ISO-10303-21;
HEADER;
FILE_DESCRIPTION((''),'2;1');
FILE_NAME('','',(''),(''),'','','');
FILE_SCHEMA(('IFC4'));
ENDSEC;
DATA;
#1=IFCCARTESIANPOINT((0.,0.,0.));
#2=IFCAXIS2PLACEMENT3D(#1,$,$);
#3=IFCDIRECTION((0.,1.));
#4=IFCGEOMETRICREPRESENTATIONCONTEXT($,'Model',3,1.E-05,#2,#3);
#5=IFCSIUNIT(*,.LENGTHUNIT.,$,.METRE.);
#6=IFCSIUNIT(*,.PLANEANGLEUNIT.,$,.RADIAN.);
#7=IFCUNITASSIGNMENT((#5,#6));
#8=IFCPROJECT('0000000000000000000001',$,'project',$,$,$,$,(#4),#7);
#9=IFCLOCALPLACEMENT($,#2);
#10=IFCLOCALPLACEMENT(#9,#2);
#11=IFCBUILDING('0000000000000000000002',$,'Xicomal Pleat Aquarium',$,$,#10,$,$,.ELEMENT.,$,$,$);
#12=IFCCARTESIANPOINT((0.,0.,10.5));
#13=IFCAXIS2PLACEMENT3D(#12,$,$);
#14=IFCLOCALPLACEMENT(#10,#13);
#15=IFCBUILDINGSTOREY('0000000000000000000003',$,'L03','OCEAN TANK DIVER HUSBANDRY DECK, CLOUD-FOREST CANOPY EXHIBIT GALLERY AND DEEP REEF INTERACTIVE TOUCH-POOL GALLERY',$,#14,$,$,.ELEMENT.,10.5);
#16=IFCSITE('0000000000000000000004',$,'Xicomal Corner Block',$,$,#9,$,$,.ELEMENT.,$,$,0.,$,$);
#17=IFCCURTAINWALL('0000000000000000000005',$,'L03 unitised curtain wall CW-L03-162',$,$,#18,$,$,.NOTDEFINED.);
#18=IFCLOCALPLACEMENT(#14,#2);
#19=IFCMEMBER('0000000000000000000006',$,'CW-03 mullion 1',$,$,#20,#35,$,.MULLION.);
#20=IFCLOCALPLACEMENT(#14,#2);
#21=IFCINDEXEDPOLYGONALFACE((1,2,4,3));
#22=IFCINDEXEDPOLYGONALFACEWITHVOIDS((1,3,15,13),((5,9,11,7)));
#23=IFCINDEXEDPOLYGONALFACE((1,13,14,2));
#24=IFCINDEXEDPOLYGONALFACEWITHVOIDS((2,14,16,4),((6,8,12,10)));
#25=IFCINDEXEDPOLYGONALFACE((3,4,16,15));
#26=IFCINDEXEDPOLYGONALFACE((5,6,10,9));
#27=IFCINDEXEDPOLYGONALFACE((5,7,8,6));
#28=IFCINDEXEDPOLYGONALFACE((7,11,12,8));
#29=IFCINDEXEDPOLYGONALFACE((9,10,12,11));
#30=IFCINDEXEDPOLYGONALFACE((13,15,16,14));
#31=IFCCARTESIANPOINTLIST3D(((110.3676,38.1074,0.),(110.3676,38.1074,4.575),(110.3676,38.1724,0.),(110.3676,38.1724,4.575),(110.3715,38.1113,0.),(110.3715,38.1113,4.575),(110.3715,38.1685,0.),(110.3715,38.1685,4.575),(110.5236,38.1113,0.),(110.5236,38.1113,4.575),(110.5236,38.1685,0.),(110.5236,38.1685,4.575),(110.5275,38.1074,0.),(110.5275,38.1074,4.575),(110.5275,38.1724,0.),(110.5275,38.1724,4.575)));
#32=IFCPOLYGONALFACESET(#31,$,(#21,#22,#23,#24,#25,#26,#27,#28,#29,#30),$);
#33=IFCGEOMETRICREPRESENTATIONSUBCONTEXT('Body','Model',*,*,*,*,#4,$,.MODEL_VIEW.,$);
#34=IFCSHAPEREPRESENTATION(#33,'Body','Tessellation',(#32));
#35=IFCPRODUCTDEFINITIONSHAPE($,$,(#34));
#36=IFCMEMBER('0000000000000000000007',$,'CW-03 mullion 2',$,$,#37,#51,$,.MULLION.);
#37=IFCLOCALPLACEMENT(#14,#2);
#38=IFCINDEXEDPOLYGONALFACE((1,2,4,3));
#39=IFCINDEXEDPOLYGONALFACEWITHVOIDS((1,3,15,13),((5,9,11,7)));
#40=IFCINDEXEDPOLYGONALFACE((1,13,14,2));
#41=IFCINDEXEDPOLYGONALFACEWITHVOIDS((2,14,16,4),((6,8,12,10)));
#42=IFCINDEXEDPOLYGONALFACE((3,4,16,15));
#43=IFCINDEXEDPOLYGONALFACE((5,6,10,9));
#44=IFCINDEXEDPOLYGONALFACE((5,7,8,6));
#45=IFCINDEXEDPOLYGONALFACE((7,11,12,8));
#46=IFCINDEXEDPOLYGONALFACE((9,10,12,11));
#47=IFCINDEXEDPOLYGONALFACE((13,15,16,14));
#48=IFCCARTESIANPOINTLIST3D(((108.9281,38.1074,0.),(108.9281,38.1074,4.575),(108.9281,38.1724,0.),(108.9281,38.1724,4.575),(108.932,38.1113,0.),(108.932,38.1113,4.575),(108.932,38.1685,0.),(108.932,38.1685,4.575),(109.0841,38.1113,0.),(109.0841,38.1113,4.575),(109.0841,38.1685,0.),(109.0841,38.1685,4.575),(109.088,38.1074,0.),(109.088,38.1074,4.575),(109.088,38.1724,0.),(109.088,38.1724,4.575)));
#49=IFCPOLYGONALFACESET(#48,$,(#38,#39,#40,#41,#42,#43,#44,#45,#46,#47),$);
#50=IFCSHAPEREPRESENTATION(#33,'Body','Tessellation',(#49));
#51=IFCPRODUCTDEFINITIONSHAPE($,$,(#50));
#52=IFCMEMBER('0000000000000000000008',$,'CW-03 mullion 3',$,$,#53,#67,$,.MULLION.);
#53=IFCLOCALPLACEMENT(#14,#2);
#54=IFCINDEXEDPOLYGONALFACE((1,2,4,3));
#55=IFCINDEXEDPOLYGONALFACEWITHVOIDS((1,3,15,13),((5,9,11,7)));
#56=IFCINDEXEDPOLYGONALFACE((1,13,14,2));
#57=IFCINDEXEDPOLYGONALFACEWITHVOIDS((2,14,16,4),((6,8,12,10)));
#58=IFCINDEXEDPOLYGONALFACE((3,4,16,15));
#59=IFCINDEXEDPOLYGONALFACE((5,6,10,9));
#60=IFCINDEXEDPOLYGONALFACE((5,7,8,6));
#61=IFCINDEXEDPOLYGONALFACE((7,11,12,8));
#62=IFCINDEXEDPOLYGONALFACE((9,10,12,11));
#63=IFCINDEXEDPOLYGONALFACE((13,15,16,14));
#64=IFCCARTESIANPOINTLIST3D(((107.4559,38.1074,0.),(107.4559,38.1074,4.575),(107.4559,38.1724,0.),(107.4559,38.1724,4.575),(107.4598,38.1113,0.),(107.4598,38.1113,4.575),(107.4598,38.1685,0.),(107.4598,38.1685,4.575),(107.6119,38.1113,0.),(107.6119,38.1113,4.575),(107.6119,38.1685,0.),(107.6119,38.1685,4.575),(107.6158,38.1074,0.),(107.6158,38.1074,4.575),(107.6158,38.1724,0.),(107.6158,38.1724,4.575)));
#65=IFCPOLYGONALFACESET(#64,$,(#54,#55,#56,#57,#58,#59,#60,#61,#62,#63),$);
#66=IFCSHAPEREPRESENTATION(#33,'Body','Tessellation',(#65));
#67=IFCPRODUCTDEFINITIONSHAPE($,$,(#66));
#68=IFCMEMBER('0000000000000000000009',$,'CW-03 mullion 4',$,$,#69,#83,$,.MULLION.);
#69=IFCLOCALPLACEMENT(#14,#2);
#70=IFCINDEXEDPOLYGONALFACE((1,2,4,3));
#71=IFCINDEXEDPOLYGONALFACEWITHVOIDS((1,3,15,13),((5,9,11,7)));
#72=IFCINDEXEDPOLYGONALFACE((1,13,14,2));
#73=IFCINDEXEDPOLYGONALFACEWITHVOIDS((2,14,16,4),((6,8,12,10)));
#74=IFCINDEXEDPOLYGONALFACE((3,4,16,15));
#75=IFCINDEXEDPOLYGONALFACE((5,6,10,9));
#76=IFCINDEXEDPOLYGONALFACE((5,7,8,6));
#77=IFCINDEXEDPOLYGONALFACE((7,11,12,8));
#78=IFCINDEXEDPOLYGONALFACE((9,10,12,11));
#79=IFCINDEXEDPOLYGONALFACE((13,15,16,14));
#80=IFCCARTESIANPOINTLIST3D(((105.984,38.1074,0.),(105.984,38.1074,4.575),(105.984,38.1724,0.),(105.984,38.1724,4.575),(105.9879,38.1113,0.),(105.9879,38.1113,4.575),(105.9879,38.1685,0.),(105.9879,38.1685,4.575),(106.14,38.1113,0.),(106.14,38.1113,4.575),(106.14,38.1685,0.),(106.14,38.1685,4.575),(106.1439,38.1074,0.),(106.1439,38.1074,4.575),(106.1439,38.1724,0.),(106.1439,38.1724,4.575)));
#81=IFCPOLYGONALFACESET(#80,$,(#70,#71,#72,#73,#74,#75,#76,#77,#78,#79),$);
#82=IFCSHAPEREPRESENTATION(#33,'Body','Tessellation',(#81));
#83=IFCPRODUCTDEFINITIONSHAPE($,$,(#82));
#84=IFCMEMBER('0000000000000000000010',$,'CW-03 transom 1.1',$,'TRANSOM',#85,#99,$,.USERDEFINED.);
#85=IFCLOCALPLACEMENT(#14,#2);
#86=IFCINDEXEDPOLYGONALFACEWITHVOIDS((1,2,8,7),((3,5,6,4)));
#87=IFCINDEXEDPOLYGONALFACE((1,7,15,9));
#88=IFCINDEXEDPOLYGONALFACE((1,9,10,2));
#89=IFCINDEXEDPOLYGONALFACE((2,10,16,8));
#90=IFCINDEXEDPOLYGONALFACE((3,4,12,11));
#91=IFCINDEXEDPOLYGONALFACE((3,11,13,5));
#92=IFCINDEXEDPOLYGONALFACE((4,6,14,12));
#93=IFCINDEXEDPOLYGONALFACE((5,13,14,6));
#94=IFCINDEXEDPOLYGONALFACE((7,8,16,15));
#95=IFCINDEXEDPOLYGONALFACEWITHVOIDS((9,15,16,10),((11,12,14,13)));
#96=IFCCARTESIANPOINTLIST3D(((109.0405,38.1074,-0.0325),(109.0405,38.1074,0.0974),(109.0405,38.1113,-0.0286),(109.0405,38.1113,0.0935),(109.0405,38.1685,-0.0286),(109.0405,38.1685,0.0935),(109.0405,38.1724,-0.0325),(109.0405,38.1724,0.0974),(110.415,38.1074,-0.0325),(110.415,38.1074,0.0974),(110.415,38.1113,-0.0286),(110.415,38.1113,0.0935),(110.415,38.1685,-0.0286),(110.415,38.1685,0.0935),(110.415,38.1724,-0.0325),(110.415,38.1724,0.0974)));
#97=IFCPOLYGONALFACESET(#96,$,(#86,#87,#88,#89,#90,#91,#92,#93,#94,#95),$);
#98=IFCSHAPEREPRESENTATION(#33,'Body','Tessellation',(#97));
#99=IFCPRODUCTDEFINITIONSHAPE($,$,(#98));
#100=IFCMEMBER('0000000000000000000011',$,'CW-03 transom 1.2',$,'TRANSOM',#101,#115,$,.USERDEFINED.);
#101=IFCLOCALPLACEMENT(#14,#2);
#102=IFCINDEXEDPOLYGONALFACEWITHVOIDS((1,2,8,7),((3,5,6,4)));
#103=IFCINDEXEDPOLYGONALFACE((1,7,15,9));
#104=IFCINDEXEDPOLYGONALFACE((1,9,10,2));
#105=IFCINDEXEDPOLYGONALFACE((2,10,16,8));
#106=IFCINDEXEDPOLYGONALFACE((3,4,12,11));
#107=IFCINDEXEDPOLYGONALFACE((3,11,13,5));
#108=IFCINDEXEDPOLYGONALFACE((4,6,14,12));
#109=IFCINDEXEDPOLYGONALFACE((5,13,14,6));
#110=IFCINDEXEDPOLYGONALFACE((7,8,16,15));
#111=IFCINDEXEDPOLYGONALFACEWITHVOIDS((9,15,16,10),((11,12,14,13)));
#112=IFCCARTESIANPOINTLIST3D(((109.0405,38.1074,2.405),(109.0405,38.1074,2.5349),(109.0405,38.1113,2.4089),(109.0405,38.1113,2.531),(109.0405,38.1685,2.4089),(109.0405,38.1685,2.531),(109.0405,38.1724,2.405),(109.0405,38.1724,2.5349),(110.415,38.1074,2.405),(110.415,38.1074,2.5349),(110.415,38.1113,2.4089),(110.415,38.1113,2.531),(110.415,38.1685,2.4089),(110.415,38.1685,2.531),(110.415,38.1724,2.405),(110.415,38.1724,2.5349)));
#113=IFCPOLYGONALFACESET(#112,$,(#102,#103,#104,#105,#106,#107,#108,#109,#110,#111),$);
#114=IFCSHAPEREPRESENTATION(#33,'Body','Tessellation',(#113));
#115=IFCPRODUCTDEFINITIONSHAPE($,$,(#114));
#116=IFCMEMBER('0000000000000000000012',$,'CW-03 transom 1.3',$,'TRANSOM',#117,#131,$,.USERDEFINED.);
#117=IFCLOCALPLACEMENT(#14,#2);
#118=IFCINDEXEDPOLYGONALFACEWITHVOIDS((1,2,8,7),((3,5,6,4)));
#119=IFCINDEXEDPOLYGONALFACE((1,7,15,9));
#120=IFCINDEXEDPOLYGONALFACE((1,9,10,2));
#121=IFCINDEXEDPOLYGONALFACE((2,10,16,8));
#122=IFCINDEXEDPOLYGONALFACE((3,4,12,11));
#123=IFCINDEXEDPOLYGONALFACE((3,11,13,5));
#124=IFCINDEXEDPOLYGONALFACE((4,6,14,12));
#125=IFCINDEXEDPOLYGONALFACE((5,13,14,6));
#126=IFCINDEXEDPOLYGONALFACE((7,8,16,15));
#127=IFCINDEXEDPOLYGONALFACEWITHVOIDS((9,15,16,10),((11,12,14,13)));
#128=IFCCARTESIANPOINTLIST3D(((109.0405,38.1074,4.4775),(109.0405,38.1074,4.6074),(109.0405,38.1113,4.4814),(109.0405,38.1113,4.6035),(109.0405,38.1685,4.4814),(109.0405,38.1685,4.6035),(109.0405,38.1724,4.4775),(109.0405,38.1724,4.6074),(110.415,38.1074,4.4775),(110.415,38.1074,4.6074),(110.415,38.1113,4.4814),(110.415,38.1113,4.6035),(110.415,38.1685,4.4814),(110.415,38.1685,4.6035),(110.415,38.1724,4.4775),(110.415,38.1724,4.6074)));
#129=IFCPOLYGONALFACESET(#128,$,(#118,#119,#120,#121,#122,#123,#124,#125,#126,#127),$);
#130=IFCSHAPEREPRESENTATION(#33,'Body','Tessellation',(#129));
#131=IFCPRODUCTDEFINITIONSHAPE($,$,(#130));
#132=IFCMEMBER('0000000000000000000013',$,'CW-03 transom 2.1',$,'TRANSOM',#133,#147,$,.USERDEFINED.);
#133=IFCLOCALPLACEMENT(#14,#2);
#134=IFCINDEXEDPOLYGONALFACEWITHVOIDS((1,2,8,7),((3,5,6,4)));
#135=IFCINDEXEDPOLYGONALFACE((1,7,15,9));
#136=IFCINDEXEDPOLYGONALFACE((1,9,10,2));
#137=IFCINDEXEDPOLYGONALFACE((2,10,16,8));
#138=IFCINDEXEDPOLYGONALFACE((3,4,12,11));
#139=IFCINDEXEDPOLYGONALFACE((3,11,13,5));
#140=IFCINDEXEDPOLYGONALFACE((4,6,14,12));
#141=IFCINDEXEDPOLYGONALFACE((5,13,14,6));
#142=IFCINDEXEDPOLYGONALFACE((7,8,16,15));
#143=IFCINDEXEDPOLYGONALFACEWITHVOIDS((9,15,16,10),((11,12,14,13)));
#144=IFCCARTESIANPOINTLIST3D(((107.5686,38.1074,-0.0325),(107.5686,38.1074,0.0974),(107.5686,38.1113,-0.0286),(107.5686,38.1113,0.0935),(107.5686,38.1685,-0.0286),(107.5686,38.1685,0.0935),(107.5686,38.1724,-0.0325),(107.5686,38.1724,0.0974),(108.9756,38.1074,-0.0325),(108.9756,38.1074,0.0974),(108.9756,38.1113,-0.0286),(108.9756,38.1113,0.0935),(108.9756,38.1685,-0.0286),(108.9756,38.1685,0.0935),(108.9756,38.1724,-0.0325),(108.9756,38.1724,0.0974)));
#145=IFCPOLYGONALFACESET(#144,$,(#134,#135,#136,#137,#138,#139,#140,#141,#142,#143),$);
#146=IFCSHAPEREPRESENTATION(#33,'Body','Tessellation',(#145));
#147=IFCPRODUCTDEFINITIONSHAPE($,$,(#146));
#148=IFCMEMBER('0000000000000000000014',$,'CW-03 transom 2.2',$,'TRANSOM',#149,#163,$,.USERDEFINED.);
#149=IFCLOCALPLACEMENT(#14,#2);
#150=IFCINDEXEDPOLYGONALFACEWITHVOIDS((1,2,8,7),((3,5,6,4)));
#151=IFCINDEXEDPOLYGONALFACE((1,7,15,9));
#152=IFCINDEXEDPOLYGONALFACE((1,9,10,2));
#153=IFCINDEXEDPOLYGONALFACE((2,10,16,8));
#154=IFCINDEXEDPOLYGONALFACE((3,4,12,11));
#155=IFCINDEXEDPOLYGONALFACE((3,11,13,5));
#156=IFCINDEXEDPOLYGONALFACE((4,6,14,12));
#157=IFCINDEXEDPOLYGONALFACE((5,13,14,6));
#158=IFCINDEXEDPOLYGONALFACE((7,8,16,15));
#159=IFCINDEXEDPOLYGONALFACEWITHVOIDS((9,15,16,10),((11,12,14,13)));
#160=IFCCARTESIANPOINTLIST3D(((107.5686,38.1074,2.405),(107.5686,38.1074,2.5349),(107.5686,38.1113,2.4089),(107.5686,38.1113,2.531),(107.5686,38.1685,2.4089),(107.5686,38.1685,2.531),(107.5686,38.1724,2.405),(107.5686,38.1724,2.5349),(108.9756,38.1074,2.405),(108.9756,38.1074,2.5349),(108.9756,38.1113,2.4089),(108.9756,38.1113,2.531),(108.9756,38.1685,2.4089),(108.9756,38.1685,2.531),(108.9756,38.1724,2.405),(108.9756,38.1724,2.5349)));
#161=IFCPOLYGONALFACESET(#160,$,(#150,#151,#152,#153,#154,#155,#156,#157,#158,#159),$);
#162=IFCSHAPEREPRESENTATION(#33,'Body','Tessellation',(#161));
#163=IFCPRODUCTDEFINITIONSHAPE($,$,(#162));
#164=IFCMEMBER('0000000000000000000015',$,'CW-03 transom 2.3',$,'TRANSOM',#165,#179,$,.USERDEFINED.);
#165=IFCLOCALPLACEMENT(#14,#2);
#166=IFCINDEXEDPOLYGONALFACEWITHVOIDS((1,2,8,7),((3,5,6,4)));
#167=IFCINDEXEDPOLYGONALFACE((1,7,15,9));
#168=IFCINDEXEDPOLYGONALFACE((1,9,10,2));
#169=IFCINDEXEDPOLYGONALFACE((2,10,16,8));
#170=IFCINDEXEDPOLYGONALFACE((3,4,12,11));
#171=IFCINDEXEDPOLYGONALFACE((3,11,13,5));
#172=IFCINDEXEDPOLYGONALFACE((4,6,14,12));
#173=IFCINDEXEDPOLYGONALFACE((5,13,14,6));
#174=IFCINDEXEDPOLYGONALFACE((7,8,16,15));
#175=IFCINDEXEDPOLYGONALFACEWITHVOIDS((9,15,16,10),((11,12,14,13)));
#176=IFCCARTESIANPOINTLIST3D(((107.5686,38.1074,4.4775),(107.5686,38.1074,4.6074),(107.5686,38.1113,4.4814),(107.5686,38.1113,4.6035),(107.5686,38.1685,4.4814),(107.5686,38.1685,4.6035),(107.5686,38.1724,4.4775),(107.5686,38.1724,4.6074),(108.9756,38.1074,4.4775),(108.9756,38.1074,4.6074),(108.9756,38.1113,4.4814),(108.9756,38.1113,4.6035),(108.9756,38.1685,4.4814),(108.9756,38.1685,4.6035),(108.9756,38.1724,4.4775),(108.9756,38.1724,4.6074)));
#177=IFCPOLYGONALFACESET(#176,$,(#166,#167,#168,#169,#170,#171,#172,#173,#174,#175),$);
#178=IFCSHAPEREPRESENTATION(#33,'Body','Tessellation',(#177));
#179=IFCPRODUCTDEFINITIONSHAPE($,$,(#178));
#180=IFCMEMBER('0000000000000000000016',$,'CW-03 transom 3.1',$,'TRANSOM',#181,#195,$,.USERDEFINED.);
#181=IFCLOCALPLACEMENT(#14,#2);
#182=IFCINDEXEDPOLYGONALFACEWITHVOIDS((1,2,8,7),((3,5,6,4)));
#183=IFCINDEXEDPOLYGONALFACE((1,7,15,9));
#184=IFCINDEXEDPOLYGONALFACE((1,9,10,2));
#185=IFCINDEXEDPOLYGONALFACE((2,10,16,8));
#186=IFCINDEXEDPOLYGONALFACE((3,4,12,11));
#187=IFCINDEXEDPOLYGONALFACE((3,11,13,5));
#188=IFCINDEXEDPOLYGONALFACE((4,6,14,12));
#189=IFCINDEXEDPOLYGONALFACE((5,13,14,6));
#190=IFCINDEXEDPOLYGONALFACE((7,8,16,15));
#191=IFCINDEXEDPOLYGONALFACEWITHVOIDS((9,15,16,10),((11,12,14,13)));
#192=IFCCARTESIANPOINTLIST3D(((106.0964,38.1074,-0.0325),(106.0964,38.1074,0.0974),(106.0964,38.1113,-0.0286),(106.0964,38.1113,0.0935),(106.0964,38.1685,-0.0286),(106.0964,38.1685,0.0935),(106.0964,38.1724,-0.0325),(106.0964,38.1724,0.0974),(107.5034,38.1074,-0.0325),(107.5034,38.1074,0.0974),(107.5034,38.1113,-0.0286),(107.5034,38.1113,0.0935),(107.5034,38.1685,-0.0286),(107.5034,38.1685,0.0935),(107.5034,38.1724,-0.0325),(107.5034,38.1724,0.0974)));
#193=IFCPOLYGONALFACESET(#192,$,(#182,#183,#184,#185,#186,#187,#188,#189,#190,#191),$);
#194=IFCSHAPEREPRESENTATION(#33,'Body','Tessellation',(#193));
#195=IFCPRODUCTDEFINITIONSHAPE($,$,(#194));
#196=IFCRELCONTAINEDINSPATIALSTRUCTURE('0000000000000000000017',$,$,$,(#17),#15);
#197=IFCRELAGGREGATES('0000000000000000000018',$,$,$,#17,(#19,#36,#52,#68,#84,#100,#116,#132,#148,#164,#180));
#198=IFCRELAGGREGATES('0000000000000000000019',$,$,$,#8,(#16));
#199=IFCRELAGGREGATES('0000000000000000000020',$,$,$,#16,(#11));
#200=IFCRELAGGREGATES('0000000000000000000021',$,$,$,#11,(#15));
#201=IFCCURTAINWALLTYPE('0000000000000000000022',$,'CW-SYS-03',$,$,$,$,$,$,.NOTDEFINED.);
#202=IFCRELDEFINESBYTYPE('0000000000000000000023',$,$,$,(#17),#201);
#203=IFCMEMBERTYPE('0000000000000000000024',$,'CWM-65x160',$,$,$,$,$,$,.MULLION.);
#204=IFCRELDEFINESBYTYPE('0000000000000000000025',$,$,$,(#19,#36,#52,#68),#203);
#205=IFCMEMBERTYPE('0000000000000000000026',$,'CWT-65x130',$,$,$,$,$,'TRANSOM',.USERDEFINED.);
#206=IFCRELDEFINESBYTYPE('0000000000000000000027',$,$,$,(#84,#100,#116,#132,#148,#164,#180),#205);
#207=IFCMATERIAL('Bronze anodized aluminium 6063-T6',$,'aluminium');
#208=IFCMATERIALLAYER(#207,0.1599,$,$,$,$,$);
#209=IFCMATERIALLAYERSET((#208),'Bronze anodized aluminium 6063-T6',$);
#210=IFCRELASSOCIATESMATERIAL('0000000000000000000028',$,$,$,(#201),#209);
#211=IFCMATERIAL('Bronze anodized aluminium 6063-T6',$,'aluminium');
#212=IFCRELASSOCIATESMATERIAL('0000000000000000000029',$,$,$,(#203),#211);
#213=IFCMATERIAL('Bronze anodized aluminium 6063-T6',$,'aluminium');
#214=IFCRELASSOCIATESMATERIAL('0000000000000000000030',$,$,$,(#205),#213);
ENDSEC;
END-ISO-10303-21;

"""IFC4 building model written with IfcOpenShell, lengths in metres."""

from ifc_helpers import new_model, si_unit, direction, frame, origin, origin_2d, place, context, subcontext, project, spatial, hollow_rectangle, extrude, material, layer, layer_set, material_profile, profile_set, type_object, element, aggregate, save


model = new_model("IFC4")

# Units and contexts
model_context = context("Model", 3, precision=1e-05, world=origin(), true_north=direction((0.0, 1.0)))
body_context = subcontext(model_context, "Body", "Model", "MODEL_VIEW")
ifc_project = project(units=[si_unit("LENGTHUNIT", "METRE"), si_unit("PLANEANGLEUNIT", "RADIAN")], contexts=[model_context])

# Site, building, storey
site_placement = place(None, origin())
site = spatial("IfcSite", under=ifc_project, at=site_placement, Name="Xicomal Corner Block", CompositionType="ELEMENT", RefElevation=0.0)
building_placement = place(site_placement, origin())
building = spatial("IfcBuilding", under=site, at=building_placement, Name="Xicomal Pleat Aquarium", CompositionType="ELEMENT")
storey_placement = place(building_placement, frame((0.0, 0.0, 10.5)))
storey = spatial("IfcBuildingStorey", under=building, at=storey_placement, Name="L03", Description="OCEAN TANK DIVER HUSBANDRY DECK, CLOUD-FOREST CANOPY EXHIBIT GALLERY AND DEEP REEF INTERACTIVE TOUCH-POOL GALLERY", CompositionType="ELEMENT", Elevation=10.5)

# Curtain wall, members
ifc_material_1 = material(Name="Bronze anodized aluminium 6063-T6", Category="aluminium")
ifc_layer_1 = layer(ifc_material_1, 0.1599)
ifc_layer_set_1 = layer_set([ifc_layer_1], Name="Bronze anodized aluminium 6063-T6")
curtain_wall_type = type_object("IfcCurtainWallType", Name="CW-SYS-03", PredefinedType="NOTDEFINED", material=ifc_layer_set_1)
curtain_wall_placement = place(storey_placement, origin())
curtain_wall = element("IfcCurtainWall", 1, at=curtain_wall_placement, inside=storey, type_object=curtain_wall_type, Name="L03 unitised curtain wall CW-L03-162", PredefinedType="NOTDEFINED")
ifc_material_2 = material(Name="Bronze anodized aluminium 6063-T6", Category="aluminium")
ifc_material_profile_1 = material_profile(ifc_material_2, hollow_rectangle(XDim=0.0649, YDim=0.1599, WallThickness=0.0039, at=origin_2d()), Name="ALU MULL 65x160")
ifc_profile_set_1 = profile_set([ifc_material_profile_1], Name="Bronze anodized aluminium 6063-T6")
member_type_1 = type_object("IfcMemberType", Name="CWM-65x160", PredefinedType="MULLION", material=ifc_profile_set_1)
member_1_placement = place(storey_placement, frame((110.4475, 38.1399, 0.0), z_axis=(0.0, 0.0, 1.0), x_axis=(0.0, -1.0, 0.0)))
member_1 = element("IfcMember", 2, at=member_1_placement, type_object=member_type_1, Name="CW-03 mullion 1", PredefinedType="MULLION", context=body_context, shape_type="SweptSolid", body=[
    extrude(hollow_rectangle(XDim=0.0649, YDim=0.1599, WallThickness=0.0039, at=origin_2d()), origin(), (0.0, 0.0, 1.0), 4.575),
])
member_2_placement = place(storey_placement, frame((109.0081, 38.1399, 0.0), z_axis=(0.0, 0.0, 1.0), x_axis=(0.0, -1.0, 0.0)))
member_2 = element("IfcMember", 3, at=member_2_placement, type_object=member_type_1, Name="CW-03 mullion 2", PredefinedType="MULLION", context=body_context, shape_type="SweptSolid", body=[
    extrude(hollow_rectangle(XDim=0.0649, YDim=0.1599, WallThickness=0.0039, at=origin_2d()), origin(), (0.0, 0.0, 1.0), 4.575),
])
member_3_placement = place(storey_placement, frame((107.5359, 38.1399, 0.0), z_axis=(0.0, 0.0, 1.0), x_axis=(0.0, -1.0, 0.0)))
member_3 = element("IfcMember", 4, at=member_3_placement, type_object=member_type_1, Name="CW-03 mullion 3", PredefinedType="MULLION", context=body_context, shape_type="SweptSolid", body=[
    extrude(hollow_rectangle(XDim=0.0649, YDim=0.1599, WallThickness=0.0039, at=origin_2d()), origin(), (0.0, 0.0, 1.0), 4.575),
])
member_4_placement = place(storey_placement, frame((106.064, 38.1399, 0.0), z_axis=(0.0, 0.0, 1.0), x_axis=(0.0, -1.0, 0.0)))
member_4 = element("IfcMember", 5, at=member_4_placement, type_object=member_type_1, Name="CW-03 mullion 4", PredefinedType="MULLION", context=body_context, shape_type="SweptSolid", body=[
    extrude(hollow_rectangle(XDim=0.0649, YDim=0.1599, WallThickness=0.0039, at=origin_2d()), origin(), (0.0, 0.0, 1.0), 4.575),
])
ifc_material_3 = material(Name="Bronze anodized aluminium 6063-T6", Category="aluminium")
ifc_material_profile_2 = material_profile(ifc_material_3, hollow_rectangle(XDim=0.0649, YDim=0.1299, WallThickness=0.0039, at=origin_2d()), Name="ALU TRAN 65x130")
ifc_profile_set_2 = profile_set([ifc_material_profile_2], Name="Bronze anodized aluminium 6063-T6")
member_type_2 = type_object("IfcMemberType", Name="CWT-65x130", ElementType="TRANSOM", PredefinedType="USERDEFINED", material=ifc_profile_set_2)
member_5_placement = place(storey_placement, frame((110.415, 38.1399, 0.0325), z_axis=(-1.0, 0.0, 0.0), x_axis=(0.0, -1.0, 0.0)))
member_5 = element("IfcMember", 6, at=member_5_placement, type_object=member_type_2, Name="CW-03 transom 1.1", ObjectType="TRANSOM", PredefinedType="USERDEFINED", context=body_context, shape_type="SweptSolid", body=[
    extrude(hollow_rectangle(XDim=0.0649, YDim=0.1299, WallThickness=0.0039, at=origin_2d()), origin(), (0.0, 0.0, 1.0), 1.3745),
])
member_6_placement = place(storey_placement, frame((110.415, 38.1399, 2.47), z_axis=(-1.0, 0.0, 0.0), x_axis=(0.0, -1.0, 0.0)))
member_6 = element("IfcMember", 7, at=member_6_placement, type_object=member_type_2, Name="CW-03 transom 1.2", ObjectType="TRANSOM", PredefinedType="USERDEFINED", context=body_context, shape_type="SweptSolid", body=[
    extrude(hollow_rectangle(XDim=0.0649, YDim=0.1299, WallThickness=0.0039, at=origin_2d()), origin(), (0.0, 0.0, 1.0), 1.3745),
])
member_7_placement = place(storey_placement, frame((110.415, 38.1399, 4.5425), z_axis=(-1.0, 0.0, 0.0), x_axis=(0.0, -1.0, 0.0)))
member_7 = element("IfcMember", 8, at=member_7_placement, type_object=member_type_2, Name="CW-03 transom 1.3", ObjectType="TRANSOM", PredefinedType="USERDEFINED", context=body_context, shape_type="SweptSolid", body=[
    extrude(hollow_rectangle(XDim=0.0649, YDim=0.1299, WallThickness=0.0039, at=origin_2d()), origin(), (0.0, 0.0, 1.0), 1.3745),
])
member_8_placement = place(storey_placement, frame((108.9756, 38.1399, 0.0325), z_axis=(-1.0, 0.0, 0.0), x_axis=(0.0, -1.0, 0.0)))
member_8 = element("IfcMember", 9, at=member_8_placement, type_object=member_type_2, Name="CW-03 transom 2.1", ObjectType="TRANSOM", PredefinedType="USERDEFINED", context=body_context, shape_type="SweptSolid", body=[
    extrude(hollow_rectangle(XDim=0.0649, YDim=0.1299, WallThickness=0.0039, at=origin_2d()), origin(), (0.0, 0.0, 1.0), 1.407),
])
member_9_placement = place(storey_placement, frame((108.9756, 38.1399, 2.47), z_axis=(-1.0, 0.0, 0.0), x_axis=(0.0, -1.0, 0.0)))
member_9 = element("IfcMember", 10, at=member_9_placement, type_object=member_type_2, Name="CW-03 transom 2.2", ObjectType="TRANSOM", PredefinedType="USERDEFINED", context=body_context, shape_type="SweptSolid", body=[
    extrude(hollow_rectangle(XDim=0.0649, YDim=0.1299, WallThickness=0.0039, at=origin_2d()), origin(), (0.0, 0.0, 1.0), 1.407),
])
member_10_placement = place(storey_placement, frame((108.9756, 38.1399, 4.5425), z_axis=(-1.0, 0.0, 0.0), x_axis=(0.0, -1.0, 0.0)))
member_10 = element("IfcMember", 11, at=member_10_placement, type_object=member_type_2, Name="CW-03 transom 2.3", ObjectType="TRANSOM", PredefinedType="USERDEFINED", context=body_context, shape_type="SweptSolid", body=[
    extrude(hollow_rectangle(XDim=0.0649, YDim=0.1299, WallThickness=0.0039, at=origin_2d()), origin(), (0.0, 0.0, 1.0), 1.407),
])
member_11_placement = place(storey_placement, frame((107.5034, 38.1399, 0.0325), z_axis=(-1.0, 0.0, 0.0), x_axis=(0.0, -1.0, 0.0)))
member_11 = element("IfcMember", 12, at=member_11_placement, type_object=member_type_2, Name="CW-03 transom 3.1", ObjectType="TRANSOM", PredefinedType="USERDEFINED", context=body_context, shape_type="SweptSolid", body=[
    extrude(hollow_rectangle(XDim=0.0649, YDim=0.1299, WallThickness=0.0039, at=origin_2d()), origin(), (0.0, 0.0, 1.0), 1.407),
])
aggregate(curtain_wall, [member_1, member_2, member_3, member_4, member_5, member_6, member_7, member_8, member_9, member_10, member_11])

save(model, "model.ifc")
